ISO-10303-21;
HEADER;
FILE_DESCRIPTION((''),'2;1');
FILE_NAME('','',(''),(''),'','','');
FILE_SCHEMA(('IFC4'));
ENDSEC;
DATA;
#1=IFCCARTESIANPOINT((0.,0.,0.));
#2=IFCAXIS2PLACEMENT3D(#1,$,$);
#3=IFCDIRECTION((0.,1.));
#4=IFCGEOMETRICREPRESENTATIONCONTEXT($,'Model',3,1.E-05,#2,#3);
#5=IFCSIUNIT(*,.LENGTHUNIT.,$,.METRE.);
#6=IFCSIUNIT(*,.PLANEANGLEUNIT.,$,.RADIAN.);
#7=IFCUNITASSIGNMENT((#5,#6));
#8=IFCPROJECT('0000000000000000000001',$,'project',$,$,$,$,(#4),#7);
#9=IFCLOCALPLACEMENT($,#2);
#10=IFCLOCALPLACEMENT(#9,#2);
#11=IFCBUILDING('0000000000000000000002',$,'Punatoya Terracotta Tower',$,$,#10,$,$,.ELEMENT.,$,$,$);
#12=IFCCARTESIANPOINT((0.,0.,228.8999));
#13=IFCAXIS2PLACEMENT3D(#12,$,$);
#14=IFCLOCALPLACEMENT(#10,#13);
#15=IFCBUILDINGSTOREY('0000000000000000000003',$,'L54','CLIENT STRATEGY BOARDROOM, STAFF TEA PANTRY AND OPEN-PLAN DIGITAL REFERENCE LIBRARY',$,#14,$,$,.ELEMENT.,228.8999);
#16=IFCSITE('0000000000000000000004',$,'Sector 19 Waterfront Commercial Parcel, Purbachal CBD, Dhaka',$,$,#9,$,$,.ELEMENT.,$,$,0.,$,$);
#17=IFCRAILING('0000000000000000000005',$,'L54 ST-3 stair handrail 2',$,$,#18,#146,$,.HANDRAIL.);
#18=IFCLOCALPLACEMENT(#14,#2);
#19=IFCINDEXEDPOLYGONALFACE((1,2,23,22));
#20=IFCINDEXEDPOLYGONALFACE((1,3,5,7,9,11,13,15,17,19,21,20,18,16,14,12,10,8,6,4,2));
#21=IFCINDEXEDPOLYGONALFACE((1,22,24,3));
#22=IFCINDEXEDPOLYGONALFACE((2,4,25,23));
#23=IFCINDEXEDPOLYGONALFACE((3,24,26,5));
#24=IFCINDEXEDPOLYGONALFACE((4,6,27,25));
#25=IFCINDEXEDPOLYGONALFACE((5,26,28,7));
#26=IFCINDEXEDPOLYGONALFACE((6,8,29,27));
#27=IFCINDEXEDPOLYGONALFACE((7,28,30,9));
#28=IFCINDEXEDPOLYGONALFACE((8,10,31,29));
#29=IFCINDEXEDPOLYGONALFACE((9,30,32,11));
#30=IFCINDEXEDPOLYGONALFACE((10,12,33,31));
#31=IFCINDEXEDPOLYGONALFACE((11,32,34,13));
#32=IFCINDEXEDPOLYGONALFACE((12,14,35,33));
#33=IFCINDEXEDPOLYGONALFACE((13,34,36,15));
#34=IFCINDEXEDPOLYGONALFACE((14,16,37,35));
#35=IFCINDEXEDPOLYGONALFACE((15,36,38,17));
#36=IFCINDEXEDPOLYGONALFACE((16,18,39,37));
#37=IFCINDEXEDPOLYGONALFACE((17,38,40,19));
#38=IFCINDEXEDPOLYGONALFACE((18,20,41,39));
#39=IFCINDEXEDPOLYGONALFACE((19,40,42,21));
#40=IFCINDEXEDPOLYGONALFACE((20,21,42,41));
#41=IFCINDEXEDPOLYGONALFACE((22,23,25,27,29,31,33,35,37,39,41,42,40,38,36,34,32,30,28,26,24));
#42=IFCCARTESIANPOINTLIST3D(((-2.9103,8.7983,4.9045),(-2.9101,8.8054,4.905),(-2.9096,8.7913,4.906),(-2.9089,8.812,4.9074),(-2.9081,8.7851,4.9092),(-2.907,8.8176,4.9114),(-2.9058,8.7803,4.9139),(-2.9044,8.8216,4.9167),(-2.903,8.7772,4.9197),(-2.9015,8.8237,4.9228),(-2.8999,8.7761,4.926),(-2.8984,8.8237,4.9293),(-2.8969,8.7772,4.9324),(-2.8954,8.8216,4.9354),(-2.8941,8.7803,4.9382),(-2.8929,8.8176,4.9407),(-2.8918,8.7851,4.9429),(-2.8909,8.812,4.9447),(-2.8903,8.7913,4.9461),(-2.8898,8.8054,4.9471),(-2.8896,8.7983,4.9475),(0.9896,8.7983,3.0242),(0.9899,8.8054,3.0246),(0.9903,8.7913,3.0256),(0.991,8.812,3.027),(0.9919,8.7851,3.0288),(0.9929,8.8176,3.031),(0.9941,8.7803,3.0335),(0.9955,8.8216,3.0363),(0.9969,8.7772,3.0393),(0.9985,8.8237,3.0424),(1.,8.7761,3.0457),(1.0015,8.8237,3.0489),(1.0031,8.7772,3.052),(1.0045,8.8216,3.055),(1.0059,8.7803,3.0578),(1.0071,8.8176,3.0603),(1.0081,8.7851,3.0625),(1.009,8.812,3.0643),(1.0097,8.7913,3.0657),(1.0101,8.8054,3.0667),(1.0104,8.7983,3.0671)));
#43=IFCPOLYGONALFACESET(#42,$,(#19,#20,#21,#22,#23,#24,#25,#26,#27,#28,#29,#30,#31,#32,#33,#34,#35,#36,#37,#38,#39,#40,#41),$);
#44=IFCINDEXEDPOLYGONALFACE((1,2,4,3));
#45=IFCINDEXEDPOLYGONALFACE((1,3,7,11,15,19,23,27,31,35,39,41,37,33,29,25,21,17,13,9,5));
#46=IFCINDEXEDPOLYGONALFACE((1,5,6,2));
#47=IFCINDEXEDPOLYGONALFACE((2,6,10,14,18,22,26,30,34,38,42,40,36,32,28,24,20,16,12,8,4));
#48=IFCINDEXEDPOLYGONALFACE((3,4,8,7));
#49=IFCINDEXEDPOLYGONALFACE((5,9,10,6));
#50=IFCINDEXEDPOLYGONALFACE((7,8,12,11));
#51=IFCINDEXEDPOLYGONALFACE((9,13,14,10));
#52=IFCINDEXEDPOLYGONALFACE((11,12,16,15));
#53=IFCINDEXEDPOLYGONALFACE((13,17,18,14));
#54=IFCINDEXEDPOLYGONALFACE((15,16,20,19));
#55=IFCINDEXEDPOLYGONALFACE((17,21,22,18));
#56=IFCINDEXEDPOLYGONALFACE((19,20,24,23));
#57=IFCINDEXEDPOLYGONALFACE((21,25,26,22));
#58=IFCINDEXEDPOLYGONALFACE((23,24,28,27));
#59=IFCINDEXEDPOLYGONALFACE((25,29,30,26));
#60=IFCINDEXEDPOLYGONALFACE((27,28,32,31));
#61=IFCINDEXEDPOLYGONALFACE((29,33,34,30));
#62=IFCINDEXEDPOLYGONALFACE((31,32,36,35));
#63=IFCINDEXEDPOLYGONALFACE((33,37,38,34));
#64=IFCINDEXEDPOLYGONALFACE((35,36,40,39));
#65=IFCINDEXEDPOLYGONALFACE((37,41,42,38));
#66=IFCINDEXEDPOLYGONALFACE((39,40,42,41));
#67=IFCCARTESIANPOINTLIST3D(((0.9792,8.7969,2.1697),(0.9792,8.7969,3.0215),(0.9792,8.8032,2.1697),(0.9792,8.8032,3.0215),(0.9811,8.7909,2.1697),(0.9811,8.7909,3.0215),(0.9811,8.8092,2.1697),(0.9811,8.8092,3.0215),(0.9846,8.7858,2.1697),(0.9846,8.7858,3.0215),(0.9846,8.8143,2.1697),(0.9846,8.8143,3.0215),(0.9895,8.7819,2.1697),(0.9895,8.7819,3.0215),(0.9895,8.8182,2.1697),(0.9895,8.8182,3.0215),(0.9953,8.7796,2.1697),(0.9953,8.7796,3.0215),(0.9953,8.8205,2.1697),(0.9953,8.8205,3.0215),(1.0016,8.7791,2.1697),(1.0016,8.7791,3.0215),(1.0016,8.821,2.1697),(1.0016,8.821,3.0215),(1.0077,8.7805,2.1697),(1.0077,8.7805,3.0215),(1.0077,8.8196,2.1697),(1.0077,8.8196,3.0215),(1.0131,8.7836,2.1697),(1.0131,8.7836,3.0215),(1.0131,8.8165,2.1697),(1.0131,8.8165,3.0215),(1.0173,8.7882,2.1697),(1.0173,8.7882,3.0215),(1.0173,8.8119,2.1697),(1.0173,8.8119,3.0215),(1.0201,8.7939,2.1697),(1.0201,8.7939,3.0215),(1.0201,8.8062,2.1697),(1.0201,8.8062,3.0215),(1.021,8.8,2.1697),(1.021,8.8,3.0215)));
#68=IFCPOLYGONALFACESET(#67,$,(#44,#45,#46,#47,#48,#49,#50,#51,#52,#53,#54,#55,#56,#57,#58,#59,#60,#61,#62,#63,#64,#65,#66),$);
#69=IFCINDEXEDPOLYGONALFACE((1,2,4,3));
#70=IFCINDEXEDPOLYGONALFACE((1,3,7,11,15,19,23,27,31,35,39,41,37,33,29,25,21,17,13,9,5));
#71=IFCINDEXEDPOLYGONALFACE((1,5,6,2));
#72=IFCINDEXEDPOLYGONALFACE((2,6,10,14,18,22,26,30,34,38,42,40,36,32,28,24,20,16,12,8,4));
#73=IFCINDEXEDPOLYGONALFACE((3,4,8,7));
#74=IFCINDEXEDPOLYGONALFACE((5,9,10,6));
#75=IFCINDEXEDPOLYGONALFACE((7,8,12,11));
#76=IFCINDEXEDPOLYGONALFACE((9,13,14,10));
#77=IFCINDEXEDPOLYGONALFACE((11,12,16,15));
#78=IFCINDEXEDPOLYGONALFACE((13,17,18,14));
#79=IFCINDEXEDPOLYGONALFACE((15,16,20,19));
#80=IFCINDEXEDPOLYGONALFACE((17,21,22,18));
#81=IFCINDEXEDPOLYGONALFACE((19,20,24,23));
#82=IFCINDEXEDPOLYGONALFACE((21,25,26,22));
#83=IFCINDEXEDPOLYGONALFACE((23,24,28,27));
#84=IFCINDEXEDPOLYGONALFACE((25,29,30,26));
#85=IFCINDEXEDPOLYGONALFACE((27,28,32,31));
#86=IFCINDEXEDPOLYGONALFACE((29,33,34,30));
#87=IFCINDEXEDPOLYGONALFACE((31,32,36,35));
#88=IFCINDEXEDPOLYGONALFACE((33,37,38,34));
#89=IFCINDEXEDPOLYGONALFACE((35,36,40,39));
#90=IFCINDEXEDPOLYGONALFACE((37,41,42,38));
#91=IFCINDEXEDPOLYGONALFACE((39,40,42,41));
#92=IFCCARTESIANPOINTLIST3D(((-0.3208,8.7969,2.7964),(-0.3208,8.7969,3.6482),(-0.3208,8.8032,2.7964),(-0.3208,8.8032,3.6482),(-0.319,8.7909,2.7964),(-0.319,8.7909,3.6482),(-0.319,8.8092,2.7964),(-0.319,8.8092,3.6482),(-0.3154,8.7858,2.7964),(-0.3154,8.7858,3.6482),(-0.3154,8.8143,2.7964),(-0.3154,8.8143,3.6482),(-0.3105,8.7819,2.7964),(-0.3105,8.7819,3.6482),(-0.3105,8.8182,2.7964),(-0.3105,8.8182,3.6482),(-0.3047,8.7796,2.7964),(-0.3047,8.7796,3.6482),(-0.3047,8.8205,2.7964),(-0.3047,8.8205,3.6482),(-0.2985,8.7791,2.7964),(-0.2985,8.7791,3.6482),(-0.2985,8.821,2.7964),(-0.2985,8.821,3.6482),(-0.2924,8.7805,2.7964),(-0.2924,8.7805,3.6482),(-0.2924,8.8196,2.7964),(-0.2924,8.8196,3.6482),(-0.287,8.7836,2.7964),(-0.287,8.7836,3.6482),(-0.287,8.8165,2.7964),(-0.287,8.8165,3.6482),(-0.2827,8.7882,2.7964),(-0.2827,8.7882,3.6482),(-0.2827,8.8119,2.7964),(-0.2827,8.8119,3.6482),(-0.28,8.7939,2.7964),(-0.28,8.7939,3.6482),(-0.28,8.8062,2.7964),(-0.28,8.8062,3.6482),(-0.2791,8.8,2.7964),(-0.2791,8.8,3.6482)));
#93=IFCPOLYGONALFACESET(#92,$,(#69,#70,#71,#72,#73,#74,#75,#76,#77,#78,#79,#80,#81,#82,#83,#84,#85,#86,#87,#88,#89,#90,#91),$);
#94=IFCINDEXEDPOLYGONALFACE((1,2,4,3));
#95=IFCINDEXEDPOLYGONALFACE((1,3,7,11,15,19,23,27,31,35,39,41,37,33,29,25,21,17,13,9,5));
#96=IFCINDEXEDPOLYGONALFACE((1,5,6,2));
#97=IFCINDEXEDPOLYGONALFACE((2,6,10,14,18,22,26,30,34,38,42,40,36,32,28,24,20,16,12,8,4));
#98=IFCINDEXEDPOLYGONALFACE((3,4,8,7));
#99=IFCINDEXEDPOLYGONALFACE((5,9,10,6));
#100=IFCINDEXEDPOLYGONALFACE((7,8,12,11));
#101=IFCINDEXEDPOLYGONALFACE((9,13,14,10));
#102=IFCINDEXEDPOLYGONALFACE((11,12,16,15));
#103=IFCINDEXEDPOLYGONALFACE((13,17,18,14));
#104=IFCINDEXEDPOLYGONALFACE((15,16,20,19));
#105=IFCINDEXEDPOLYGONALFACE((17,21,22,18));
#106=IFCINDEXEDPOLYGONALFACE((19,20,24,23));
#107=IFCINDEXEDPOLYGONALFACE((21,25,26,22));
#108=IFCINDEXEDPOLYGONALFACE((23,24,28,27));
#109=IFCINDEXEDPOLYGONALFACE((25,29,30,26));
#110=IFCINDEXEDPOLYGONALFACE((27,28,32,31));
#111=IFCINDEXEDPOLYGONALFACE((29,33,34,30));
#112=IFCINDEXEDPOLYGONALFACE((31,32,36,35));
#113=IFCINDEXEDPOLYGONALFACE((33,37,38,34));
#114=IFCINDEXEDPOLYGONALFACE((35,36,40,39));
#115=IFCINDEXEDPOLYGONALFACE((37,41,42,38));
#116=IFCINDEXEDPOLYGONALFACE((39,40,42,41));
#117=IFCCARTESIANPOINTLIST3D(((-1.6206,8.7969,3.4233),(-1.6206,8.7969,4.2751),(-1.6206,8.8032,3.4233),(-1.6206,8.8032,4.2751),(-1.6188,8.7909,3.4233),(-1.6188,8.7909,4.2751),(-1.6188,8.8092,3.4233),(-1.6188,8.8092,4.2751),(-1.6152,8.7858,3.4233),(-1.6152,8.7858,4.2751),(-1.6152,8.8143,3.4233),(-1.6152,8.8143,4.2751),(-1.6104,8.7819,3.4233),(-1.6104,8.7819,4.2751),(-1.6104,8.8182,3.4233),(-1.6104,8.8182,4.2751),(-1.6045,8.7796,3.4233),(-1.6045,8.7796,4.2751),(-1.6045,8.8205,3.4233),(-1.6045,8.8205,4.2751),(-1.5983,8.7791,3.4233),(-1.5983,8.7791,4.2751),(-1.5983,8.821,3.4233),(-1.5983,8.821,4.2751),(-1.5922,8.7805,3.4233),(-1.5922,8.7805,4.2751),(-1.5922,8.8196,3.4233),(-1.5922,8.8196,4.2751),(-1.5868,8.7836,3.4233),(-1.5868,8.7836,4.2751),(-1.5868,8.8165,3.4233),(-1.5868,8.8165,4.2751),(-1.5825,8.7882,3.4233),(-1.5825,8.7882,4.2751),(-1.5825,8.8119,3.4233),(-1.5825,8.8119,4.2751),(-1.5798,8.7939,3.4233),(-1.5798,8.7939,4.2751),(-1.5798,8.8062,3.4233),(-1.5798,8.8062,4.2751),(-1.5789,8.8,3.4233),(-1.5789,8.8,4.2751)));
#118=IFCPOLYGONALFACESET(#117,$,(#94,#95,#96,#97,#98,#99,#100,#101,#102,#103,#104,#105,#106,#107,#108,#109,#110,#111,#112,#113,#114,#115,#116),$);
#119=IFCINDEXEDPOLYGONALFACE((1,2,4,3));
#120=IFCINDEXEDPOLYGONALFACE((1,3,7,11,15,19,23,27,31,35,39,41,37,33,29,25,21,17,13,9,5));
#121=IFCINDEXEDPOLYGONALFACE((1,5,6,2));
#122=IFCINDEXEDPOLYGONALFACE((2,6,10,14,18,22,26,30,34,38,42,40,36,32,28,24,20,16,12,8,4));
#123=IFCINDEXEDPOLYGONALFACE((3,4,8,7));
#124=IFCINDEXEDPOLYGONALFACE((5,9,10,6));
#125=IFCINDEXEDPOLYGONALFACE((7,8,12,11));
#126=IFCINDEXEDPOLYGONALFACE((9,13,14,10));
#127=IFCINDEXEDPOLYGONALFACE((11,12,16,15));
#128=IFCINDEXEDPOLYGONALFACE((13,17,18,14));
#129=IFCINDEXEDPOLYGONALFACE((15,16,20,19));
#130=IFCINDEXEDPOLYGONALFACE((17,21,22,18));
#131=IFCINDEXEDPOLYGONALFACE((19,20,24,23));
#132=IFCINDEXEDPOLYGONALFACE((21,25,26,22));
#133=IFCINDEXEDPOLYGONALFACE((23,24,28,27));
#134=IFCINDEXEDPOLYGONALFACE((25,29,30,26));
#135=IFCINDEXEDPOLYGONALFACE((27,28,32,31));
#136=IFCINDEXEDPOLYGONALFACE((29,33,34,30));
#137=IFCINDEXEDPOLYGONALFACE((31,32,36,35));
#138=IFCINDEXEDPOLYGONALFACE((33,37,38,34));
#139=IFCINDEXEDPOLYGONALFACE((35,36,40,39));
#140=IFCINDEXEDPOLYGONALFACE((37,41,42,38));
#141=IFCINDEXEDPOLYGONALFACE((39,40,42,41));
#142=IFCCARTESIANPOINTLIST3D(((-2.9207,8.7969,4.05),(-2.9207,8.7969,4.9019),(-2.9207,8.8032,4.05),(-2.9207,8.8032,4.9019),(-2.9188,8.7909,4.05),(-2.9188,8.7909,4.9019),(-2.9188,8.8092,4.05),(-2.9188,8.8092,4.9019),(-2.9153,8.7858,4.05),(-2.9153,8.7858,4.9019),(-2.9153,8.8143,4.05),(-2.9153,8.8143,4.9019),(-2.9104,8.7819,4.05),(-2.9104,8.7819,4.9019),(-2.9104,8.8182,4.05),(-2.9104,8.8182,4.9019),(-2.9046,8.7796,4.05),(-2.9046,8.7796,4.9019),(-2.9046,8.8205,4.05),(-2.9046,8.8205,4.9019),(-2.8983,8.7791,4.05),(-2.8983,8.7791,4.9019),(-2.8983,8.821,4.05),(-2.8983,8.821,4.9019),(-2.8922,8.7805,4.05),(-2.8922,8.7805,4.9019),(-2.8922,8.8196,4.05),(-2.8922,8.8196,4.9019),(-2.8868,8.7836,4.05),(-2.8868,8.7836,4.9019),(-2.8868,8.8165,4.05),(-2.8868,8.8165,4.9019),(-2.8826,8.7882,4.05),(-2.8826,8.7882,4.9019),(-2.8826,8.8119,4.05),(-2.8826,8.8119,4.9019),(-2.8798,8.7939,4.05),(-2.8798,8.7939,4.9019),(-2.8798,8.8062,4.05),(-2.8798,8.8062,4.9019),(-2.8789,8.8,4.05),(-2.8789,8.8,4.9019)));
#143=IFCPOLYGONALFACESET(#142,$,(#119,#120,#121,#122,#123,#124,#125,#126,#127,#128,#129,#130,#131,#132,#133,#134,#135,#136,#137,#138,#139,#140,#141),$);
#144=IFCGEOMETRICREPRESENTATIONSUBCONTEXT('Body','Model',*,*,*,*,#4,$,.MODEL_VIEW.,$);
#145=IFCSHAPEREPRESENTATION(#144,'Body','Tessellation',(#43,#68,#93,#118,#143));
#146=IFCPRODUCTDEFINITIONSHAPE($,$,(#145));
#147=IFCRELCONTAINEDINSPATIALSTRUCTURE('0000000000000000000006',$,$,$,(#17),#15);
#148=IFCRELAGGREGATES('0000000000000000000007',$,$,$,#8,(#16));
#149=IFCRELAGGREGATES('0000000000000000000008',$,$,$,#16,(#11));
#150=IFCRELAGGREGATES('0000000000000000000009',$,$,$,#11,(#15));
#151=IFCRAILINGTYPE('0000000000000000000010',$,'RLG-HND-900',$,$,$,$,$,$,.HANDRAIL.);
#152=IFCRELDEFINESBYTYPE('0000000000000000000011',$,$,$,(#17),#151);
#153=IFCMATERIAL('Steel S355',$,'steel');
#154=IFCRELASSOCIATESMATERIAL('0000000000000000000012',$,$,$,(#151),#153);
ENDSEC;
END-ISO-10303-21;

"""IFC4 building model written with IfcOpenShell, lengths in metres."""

from ifc_helpers import new_model, si_unit, direction, frame, origin, origin_2d, place, context, subcontext, project, spatial, circle, extrude, material, type_object, element, save


model = new_model("IFC4")

# Units and contexts
model_context = context("Model", 3, precision=1e-05, world=origin(), true_north=direction((0.0, 1.0)))
body_context = subcontext(model_context, "Body", "Model", "MODEL_VIEW")
ifc_project = project(units=[si_unit("LENGTHUNIT", "METRE"), si_unit("PLANEANGLEUNIT", "RADIAN")], contexts=[model_context])

# Site, building, storey
site_placement = place(None, origin())
site = spatial("IfcSite", under=ifc_project, at=site_placement, Name="Sector 19 Waterfront Commercial Parcel, Purbachal CBD, Dhaka", CompositionType="ELEMENT", RefElevation=0.0)
building_placement = place(site_placement, origin())
building = spatial("IfcBuilding", under=site, at=building_placement, Name="Punatoya Terracotta Tower", CompositionType="ELEMENT")
storey_placement = place(building_placement, frame((0.0, 0.0, 228.8999)))
storey = spatial("IfcBuildingStorey", under=building, at=storey_placement, Name="L54", Description="CLIENT STRATEGY BOARDROOM, STAFF TEA PANTRY AND OPEN-PLAN DIGITAL REFERENCE LIBRARY", CompositionType="ELEMENT", Elevation=228.8999)

# Shared definitions
ifc_material_1 = material(Name="Steel S355", Category="steel")

# Railing
railing_type_1 = type_object("IfcRailingType", Name="RLG-HND-900", PredefinedType="HANDRAIL", material=ifc_material_1)
railing_1_placement = place(storey_placement, frame((1.0, 8.8, 2.1697)))
element("IfcRailing", 1, at=railing_1_placement, inside=storey, type_object=railing_type_1, Name="L54 ST-3 stair handrail 2", PredefinedType="HANDRAIL", context=body_context, shape_type="SweptSolid", body=[
    extrude(circle(Radius=0.0239, at=origin_2d()), frame((0.0, 0.0, 0.876), z_axis=(-0.900763, 0.0, 0.434311), x_axis=(0.0, -1.0, 0.0)), (0.0, 0.0, 1.0), 4.3296),
    extrude(circle(Radius=0.021, at=origin_2d()), origin(), (0.0, 0.0, 1.0), 0.8518),
    extrude(circle(Radius=0.021, at=origin_2d()), frame((-1.3, 0.0, 0.6267)), (0.0, 0.0, 1.0), 0.8518),
    extrude(circle(Radius=0.021, at=origin_2d()), frame((-2.5999, 0.0, 1.2537)), (0.0, 0.0, 1.0), 0.8518),
    extrude(circle(Radius=0.021, at=origin_2d()), frame((-3.8999, 0.0, 1.8804)), (0.0, 0.0, 1.0), 0.8518),
])

save(model, "model.ifc")
